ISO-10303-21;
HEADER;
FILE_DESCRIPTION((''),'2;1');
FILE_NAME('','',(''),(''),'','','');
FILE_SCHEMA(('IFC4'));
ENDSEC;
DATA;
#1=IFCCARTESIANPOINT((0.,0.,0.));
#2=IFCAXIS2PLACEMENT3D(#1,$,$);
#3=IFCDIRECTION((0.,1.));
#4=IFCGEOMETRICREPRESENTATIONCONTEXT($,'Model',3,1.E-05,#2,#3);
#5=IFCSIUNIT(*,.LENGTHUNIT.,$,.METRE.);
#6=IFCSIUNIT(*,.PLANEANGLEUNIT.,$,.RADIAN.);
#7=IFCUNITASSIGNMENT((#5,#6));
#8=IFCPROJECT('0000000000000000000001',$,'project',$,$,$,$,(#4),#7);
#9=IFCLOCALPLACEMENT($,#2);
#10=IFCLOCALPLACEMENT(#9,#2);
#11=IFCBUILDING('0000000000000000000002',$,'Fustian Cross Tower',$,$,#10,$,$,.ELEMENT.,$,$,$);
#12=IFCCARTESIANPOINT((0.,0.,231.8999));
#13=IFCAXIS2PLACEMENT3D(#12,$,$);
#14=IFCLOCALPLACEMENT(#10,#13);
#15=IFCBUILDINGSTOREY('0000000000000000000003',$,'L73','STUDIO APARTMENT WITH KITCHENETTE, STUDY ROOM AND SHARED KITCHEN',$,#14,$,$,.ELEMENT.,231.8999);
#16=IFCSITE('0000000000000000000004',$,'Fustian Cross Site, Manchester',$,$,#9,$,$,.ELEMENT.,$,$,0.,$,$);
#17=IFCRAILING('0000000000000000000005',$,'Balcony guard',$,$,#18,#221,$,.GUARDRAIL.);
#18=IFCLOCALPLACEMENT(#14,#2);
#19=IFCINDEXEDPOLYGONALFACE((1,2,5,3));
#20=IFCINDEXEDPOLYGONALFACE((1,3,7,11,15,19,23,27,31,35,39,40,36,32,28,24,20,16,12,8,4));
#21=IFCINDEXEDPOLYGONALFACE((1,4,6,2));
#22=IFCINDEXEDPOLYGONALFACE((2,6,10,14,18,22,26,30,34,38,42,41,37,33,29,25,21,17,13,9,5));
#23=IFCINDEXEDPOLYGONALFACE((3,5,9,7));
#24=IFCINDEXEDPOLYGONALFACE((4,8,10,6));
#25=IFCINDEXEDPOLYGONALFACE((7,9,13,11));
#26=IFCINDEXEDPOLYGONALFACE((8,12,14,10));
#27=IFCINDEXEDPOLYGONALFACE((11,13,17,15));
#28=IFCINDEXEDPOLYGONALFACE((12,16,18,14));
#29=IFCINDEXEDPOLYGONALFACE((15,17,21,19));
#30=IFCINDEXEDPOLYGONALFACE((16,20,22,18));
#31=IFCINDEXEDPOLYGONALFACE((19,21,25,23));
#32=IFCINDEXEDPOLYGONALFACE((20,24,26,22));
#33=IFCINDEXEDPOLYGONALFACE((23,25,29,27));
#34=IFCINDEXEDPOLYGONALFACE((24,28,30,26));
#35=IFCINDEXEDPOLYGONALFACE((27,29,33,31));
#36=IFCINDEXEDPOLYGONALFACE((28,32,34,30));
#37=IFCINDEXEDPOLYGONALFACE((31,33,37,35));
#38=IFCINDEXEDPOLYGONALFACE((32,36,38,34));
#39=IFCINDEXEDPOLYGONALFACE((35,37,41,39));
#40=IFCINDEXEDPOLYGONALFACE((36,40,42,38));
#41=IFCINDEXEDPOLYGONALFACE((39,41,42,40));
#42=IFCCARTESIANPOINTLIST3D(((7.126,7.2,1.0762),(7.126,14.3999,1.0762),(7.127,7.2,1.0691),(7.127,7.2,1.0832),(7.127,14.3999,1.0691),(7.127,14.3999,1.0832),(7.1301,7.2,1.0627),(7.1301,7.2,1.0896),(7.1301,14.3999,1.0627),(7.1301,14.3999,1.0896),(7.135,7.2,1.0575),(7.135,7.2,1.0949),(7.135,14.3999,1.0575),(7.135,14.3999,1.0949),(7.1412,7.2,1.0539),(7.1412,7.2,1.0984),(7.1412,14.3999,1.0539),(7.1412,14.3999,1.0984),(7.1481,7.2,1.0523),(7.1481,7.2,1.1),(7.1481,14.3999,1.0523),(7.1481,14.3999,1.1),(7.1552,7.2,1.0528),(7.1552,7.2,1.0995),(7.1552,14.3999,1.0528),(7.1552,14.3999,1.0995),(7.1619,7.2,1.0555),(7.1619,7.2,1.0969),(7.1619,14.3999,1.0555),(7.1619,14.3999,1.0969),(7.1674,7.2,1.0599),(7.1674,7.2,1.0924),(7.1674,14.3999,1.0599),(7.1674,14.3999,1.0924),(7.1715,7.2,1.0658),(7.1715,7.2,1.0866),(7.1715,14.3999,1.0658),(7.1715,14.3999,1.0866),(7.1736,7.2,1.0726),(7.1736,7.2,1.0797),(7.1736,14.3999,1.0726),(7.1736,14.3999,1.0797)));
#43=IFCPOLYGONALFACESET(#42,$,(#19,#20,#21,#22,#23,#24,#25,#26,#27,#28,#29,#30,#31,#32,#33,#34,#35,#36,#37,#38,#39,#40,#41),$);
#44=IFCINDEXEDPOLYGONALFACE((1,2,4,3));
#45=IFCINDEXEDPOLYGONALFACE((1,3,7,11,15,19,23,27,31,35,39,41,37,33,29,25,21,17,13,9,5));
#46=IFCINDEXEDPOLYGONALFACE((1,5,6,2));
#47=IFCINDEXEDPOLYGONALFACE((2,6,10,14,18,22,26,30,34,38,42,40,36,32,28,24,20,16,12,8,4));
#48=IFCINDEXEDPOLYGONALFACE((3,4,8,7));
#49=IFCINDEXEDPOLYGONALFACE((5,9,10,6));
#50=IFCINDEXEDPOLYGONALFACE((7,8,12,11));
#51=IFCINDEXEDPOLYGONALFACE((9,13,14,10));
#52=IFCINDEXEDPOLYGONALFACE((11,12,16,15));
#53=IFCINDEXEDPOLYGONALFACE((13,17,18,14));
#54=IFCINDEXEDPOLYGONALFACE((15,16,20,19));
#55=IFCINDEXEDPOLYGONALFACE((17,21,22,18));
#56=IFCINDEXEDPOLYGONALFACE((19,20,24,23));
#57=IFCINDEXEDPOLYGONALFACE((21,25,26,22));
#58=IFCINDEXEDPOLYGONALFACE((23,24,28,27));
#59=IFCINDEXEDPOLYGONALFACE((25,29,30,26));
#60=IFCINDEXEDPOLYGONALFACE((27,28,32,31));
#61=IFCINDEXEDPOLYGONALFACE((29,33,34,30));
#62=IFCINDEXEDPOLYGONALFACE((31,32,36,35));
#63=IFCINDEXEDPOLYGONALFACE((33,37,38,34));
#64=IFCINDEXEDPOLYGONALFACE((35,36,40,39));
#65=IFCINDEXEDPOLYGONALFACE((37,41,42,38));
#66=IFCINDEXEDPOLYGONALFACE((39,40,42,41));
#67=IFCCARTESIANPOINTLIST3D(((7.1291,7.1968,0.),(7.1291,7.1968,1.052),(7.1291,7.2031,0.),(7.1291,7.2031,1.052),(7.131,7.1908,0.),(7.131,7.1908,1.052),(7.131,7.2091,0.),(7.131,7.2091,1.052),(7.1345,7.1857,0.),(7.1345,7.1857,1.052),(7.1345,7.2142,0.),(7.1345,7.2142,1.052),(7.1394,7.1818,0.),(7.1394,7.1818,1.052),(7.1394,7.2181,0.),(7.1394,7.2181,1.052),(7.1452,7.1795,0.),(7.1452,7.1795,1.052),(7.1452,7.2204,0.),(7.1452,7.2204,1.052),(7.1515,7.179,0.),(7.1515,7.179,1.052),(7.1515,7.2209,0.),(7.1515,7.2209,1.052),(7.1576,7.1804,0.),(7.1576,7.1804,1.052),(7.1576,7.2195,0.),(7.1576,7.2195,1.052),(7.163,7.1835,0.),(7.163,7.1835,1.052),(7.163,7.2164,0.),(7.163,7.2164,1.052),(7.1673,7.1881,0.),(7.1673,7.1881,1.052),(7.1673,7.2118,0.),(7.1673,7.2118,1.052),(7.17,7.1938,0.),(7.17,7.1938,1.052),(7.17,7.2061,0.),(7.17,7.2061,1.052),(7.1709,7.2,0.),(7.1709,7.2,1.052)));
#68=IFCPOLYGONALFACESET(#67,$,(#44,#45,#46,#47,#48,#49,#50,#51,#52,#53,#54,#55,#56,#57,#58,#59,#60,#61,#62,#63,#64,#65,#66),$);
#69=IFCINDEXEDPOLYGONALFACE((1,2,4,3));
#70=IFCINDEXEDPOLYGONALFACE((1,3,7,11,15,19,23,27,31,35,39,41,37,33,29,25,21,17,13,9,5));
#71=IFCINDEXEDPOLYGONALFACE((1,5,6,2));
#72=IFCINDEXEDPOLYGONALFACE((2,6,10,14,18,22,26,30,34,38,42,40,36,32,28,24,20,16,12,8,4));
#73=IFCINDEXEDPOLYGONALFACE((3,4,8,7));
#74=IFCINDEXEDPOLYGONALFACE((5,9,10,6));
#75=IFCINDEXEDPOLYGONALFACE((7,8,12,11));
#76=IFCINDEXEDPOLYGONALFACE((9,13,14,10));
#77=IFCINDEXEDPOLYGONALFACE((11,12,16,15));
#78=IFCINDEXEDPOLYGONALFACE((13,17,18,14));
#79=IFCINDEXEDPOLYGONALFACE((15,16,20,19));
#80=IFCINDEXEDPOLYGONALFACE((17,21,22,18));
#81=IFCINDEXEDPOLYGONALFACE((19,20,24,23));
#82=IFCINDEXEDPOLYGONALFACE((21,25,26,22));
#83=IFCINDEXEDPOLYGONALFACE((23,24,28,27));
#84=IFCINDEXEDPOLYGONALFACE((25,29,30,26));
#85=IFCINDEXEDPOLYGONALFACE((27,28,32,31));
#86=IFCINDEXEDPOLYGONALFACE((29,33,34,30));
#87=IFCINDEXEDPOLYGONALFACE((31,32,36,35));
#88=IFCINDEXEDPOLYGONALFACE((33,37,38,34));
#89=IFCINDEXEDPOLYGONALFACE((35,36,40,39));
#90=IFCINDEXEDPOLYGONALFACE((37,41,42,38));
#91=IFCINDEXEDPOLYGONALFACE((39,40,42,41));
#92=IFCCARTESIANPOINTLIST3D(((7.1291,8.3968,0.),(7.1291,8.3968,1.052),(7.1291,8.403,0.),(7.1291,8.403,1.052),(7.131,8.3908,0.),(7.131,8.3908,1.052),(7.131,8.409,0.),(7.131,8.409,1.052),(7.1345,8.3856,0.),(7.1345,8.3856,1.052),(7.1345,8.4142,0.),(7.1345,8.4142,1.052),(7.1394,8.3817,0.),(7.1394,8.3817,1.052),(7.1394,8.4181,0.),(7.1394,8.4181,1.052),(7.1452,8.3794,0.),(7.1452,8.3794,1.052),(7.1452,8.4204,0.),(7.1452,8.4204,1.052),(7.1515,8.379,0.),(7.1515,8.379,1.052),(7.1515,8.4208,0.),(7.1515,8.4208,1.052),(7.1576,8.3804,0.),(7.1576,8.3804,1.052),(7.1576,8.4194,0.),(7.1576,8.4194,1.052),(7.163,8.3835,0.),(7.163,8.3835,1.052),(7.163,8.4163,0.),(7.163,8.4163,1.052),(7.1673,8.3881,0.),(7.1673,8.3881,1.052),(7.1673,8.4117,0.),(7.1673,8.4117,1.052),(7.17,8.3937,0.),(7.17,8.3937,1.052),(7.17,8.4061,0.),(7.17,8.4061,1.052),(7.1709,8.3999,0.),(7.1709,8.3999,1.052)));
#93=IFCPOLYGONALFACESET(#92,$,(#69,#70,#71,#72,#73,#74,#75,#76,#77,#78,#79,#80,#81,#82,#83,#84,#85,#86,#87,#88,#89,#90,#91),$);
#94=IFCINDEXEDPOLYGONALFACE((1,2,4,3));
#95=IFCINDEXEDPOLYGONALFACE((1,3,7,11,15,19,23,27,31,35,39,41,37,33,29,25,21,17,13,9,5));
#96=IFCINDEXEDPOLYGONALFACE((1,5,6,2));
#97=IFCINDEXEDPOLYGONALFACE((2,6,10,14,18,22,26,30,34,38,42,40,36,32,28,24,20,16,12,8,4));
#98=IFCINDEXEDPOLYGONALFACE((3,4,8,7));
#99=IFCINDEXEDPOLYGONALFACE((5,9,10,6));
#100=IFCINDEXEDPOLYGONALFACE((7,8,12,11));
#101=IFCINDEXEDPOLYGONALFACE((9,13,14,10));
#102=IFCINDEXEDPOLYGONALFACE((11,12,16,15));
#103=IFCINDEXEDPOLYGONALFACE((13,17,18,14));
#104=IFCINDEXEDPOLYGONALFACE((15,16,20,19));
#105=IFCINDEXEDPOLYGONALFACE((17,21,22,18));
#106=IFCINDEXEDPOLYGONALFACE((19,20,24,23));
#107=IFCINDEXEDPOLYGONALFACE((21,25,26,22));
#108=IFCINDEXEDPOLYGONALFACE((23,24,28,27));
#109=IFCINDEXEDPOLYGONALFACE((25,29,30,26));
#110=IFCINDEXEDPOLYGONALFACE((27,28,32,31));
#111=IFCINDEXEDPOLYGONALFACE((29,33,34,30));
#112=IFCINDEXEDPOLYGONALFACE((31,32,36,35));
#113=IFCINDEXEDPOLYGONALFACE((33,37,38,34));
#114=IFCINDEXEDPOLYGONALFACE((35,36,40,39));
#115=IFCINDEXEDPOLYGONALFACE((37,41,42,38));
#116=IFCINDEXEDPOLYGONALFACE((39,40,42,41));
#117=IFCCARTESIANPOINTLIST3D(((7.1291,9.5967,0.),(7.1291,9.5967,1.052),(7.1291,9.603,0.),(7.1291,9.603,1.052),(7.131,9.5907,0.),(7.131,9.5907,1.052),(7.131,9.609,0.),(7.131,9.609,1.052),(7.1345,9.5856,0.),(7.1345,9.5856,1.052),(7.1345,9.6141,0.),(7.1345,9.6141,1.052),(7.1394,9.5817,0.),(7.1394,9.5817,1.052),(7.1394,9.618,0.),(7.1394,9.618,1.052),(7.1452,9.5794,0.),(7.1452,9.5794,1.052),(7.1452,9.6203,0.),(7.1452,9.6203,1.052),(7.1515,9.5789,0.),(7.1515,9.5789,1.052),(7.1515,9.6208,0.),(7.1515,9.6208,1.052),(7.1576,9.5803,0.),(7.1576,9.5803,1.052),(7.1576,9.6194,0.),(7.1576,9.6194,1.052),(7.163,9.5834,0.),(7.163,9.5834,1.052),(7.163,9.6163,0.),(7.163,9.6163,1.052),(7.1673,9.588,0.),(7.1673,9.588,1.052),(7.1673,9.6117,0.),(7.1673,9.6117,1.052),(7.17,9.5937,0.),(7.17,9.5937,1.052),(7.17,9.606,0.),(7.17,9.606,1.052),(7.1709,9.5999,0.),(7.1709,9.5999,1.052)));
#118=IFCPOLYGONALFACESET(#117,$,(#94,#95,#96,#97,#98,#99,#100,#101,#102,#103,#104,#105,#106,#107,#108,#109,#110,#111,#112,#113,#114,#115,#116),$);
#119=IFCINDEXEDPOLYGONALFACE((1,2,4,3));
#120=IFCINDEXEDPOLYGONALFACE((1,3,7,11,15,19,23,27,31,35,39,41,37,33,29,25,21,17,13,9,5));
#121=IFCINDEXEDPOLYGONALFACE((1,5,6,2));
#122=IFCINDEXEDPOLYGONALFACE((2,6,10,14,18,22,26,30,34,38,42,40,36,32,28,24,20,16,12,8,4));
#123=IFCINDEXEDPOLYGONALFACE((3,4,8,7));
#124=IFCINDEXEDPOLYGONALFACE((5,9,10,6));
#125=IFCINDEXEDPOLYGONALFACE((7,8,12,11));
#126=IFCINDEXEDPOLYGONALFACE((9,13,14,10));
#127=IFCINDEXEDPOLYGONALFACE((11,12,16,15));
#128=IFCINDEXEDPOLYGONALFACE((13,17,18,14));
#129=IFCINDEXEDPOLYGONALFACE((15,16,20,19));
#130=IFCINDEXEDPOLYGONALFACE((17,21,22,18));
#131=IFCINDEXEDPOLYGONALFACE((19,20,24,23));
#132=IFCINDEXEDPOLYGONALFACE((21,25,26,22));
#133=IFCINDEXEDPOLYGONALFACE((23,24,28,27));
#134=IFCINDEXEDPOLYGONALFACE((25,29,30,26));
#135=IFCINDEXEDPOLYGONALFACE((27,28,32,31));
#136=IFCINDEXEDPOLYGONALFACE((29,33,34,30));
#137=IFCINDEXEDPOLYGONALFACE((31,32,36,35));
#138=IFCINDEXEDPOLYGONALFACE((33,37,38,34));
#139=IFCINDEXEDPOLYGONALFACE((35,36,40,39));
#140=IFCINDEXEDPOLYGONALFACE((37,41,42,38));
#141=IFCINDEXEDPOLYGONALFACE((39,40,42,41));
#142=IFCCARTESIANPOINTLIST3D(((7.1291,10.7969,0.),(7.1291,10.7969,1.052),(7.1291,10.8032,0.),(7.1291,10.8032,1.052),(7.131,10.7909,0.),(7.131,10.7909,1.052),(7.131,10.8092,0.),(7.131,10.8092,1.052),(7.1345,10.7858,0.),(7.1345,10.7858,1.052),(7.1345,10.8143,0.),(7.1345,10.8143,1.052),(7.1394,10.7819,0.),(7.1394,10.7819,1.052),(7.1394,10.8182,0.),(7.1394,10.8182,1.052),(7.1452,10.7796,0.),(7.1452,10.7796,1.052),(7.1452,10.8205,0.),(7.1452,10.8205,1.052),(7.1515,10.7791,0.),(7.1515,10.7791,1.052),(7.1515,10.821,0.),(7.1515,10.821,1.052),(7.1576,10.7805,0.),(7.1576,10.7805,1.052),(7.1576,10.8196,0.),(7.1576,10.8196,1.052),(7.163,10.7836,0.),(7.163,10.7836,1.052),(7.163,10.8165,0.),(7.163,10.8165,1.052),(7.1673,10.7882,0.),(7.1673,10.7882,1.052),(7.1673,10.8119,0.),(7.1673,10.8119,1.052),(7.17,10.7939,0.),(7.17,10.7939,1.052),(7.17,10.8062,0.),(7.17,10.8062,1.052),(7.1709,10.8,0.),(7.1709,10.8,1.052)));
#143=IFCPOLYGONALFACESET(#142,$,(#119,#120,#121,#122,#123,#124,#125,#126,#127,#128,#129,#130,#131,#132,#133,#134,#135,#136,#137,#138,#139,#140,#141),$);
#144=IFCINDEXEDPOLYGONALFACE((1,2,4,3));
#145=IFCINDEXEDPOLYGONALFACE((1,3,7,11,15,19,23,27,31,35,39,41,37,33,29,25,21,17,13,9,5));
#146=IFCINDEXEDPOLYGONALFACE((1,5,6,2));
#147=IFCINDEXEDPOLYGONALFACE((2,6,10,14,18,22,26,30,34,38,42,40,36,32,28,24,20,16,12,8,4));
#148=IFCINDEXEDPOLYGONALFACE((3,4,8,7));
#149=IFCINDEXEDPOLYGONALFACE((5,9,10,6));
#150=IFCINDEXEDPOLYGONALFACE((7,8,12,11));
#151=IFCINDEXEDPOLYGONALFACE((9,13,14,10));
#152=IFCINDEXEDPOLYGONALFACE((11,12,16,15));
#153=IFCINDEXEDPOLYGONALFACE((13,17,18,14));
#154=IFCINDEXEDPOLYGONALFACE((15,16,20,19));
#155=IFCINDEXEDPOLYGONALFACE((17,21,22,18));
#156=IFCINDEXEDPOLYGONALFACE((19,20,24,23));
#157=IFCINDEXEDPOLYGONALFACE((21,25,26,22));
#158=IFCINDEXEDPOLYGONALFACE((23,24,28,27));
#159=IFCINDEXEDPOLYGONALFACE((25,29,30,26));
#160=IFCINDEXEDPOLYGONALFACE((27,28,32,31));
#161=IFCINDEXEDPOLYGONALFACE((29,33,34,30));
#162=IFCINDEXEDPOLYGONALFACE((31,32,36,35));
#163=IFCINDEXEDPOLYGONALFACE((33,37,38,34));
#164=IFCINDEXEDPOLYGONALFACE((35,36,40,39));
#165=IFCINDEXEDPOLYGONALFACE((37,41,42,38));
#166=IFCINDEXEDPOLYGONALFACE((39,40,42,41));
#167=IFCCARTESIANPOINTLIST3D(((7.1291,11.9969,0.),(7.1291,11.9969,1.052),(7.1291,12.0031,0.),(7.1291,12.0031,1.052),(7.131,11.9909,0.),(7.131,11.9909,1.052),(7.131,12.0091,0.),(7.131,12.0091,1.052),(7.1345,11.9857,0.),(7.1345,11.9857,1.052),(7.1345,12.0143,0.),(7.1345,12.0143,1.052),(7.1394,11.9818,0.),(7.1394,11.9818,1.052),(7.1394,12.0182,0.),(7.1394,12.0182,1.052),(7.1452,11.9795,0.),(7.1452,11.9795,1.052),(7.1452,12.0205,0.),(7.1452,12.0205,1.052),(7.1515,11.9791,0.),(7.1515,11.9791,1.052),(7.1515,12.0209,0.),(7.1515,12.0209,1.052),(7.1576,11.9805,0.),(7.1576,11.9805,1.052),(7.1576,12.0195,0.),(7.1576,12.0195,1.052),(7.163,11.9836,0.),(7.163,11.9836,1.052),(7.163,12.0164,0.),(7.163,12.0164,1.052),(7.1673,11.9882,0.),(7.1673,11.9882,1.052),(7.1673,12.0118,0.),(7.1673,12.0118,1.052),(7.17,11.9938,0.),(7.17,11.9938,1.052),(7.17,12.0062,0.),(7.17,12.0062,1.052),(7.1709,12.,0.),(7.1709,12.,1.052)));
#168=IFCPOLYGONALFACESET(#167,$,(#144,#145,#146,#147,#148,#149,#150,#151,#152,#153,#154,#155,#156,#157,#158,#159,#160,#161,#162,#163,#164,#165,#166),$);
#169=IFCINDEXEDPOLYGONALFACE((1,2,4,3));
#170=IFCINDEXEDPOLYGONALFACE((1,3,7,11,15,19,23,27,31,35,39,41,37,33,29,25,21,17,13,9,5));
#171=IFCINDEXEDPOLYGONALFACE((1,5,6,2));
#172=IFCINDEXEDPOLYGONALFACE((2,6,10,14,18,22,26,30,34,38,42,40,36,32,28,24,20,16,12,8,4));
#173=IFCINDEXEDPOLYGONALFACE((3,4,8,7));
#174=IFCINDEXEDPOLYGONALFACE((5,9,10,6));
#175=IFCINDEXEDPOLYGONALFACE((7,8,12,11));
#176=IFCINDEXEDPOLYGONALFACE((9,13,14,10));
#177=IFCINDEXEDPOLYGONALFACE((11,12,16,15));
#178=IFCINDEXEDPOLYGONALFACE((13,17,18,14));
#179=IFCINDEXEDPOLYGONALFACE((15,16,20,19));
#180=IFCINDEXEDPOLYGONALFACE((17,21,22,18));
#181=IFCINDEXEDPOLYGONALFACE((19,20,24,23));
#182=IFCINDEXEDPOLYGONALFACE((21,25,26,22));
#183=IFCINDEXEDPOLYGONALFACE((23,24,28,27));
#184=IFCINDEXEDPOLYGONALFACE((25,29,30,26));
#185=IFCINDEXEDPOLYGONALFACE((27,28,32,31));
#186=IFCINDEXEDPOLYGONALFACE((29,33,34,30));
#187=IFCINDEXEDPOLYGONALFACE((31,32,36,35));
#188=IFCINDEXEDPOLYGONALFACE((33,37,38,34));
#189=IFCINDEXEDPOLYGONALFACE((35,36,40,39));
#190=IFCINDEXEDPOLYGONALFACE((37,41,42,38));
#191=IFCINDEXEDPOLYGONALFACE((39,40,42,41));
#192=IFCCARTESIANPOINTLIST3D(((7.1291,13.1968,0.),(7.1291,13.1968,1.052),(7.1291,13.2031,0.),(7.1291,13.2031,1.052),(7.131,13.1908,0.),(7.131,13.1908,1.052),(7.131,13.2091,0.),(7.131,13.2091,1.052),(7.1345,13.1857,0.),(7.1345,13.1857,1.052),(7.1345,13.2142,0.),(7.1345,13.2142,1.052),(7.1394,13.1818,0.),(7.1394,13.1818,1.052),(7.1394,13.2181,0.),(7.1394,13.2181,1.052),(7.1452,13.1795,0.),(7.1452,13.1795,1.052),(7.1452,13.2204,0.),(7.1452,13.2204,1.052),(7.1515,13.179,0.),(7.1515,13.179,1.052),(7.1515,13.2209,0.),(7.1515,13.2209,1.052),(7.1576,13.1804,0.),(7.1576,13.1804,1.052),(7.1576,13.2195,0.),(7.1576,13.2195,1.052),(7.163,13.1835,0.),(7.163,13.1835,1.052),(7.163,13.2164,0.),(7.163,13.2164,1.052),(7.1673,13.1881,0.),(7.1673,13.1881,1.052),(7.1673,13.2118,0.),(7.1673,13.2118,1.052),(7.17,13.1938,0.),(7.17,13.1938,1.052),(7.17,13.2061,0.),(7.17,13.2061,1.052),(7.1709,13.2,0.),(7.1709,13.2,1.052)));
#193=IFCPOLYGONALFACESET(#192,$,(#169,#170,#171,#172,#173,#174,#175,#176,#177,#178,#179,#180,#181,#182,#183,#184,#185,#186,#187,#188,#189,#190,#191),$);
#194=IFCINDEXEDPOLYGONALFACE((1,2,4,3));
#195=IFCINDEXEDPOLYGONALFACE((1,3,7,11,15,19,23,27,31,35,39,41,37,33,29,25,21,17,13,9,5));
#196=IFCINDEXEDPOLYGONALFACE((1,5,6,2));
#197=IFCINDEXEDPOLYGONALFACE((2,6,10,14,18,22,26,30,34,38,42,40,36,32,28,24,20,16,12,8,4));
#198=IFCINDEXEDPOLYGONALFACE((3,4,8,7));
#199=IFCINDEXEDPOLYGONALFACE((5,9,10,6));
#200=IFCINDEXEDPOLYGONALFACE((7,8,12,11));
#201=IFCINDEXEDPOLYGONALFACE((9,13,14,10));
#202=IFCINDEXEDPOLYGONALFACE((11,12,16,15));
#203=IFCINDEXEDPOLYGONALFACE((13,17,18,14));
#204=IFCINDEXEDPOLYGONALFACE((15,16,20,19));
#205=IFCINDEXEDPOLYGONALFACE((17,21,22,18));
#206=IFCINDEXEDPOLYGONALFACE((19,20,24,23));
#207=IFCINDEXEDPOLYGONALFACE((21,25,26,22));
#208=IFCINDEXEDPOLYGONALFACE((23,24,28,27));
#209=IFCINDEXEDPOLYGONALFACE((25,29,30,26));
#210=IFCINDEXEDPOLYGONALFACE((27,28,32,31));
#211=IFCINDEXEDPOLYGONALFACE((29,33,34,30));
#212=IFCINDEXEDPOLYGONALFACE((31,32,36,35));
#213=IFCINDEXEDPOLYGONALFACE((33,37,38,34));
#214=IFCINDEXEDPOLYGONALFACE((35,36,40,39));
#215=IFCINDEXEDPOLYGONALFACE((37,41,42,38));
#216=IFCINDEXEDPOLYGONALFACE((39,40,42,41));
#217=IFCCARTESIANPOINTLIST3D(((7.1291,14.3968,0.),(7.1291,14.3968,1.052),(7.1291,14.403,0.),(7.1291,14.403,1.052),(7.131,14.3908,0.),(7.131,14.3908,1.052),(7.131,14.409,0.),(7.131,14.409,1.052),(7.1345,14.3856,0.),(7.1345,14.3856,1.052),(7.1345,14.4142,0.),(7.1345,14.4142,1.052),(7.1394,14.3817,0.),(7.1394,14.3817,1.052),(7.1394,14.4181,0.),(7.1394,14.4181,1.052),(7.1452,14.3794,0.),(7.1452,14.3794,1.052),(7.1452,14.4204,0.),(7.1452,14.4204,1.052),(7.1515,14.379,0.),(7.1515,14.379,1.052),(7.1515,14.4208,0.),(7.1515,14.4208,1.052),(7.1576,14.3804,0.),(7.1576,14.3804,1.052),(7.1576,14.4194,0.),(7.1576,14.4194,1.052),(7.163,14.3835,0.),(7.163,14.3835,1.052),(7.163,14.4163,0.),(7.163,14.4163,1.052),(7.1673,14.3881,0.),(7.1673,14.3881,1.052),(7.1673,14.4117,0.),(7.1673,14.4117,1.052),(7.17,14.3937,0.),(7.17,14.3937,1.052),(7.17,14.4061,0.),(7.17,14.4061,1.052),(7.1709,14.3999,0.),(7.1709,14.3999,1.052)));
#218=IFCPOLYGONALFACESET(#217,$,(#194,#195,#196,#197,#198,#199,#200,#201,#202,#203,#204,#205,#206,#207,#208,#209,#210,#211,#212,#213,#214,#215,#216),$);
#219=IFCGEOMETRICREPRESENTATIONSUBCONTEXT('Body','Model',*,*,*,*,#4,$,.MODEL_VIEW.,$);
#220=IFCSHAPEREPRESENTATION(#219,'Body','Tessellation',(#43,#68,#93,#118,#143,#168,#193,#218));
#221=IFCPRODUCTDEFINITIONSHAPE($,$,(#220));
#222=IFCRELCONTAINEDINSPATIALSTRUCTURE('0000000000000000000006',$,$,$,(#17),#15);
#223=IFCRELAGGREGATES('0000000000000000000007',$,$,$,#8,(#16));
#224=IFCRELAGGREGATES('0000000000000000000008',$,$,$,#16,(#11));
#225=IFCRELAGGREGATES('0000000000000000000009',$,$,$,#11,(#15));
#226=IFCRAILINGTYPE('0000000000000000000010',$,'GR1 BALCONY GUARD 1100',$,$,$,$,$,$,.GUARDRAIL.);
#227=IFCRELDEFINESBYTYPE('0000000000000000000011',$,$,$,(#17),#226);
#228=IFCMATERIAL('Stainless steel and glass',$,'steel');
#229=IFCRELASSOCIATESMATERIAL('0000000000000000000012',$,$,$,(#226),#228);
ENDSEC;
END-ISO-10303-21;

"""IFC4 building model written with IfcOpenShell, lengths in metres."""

from ifc_helpers import new_model, si_unit, direction, frame, origin, origin_2d, place, context, subcontext, project, spatial, circle, extrude, material, type_object, element, save


model = new_model("IFC4")

# Units and contexts
model_context = context("Model", 3, precision=1e-05, world=origin(), true_north=direction((0.0, 1.0)))
body_context = subcontext(model_context, "Body", "Model", "MODEL_VIEW")
ifc_project = project(units=[si_unit("LENGTHUNIT", "METRE"), si_unit("PLANEANGLEUNIT", "RADIAN")], contexts=[model_context])

# Site, building, storey
site_placement = place(None, origin())
site = spatial("IfcSite", under=ifc_project, at=site_placement, Name="Fustian Cross Site, Manchester", CompositionType="ELEMENT", RefElevation=0.0)
building_placement = place(site_placement, origin())
building = spatial("IfcBuilding", under=site, at=building_placement, Name="Fustian Cross Tower", CompositionType="ELEMENT")
storey_placement = place(building_placement, frame((0.0, 0.0, 231.8999)))
storey = spatial("IfcBuildingStorey", under=building, at=storey_placement, Name="L73", Description="STUDIO APARTMENT WITH KITCHENETTE, STUDY ROOM AND SHARED KITCHEN", CompositionType="ELEMENT", Elevation=231.8999)

# Railing
ifc_material_1 = material(Name="Stainless steel and glass", Category="steel")
railing_type_1 = type_object("IfcRailingType", Name="GR1 BALCONY GUARD 1100", PredefinedType="GUARDRAIL", material=ifc_material_1)
railing_1_placement = place(storey_placement, frame((7.1499, 7.2, 0.0)))
element("IfcRailing", 1, at=railing_1_placement, inside=storey, type_object=railing_type_1, Name="Balcony guard", PredefinedType="GUARDRAIL", context=body_context, shape_type="SweptSolid", body=[
    extrude(circle(Radius=0.0239, at=origin_2d()), frame((0.0, 0.0, 1.0762), z_axis=(0.0, 1.0, 0.0), x_axis=(-1.0, 0.0, 0.0)), (0.0, 0.0, 1.0), 7.2),
    extrude(circle(Radius=0.021, at=origin_2d()), origin(), (0.0, 0.0, 1.0), 1.052),
    extrude(circle(Radius=0.021, at=origin_2d()), frame((0.0, 1.2, 0.0)), (0.0, 0.0, 1.0), 1.052),
    extrude(circle(Radius=0.021, at=origin_2d()), frame((0.0, 2.3999, 0.0)), (0.0, 0.0, 1.0), 1.052),
    extrude(circle(Radius=0.021, at=origin_2d()), frame((0.0, 3.6001, 0.0)), (0.0, 0.0, 1.0), 1.052),
    extrude(circle(Radius=0.021, at=origin_2d()), frame((0.0, 4.8, 0.0)), (0.0, 0.0, 1.0), 1.052),
    extrude(circle(Radius=0.021, at=origin_2d()), frame((0.0, 6.0, 0.0)), (0.0, 0.0, 1.0), 1.052),
    extrude(circle(Radius=0.021, at=origin_2d()), frame((0.0, 7.2, 0.0)), (0.0, 0.0, 1.0), 1.052),
])

save(model, "model.ifc")
